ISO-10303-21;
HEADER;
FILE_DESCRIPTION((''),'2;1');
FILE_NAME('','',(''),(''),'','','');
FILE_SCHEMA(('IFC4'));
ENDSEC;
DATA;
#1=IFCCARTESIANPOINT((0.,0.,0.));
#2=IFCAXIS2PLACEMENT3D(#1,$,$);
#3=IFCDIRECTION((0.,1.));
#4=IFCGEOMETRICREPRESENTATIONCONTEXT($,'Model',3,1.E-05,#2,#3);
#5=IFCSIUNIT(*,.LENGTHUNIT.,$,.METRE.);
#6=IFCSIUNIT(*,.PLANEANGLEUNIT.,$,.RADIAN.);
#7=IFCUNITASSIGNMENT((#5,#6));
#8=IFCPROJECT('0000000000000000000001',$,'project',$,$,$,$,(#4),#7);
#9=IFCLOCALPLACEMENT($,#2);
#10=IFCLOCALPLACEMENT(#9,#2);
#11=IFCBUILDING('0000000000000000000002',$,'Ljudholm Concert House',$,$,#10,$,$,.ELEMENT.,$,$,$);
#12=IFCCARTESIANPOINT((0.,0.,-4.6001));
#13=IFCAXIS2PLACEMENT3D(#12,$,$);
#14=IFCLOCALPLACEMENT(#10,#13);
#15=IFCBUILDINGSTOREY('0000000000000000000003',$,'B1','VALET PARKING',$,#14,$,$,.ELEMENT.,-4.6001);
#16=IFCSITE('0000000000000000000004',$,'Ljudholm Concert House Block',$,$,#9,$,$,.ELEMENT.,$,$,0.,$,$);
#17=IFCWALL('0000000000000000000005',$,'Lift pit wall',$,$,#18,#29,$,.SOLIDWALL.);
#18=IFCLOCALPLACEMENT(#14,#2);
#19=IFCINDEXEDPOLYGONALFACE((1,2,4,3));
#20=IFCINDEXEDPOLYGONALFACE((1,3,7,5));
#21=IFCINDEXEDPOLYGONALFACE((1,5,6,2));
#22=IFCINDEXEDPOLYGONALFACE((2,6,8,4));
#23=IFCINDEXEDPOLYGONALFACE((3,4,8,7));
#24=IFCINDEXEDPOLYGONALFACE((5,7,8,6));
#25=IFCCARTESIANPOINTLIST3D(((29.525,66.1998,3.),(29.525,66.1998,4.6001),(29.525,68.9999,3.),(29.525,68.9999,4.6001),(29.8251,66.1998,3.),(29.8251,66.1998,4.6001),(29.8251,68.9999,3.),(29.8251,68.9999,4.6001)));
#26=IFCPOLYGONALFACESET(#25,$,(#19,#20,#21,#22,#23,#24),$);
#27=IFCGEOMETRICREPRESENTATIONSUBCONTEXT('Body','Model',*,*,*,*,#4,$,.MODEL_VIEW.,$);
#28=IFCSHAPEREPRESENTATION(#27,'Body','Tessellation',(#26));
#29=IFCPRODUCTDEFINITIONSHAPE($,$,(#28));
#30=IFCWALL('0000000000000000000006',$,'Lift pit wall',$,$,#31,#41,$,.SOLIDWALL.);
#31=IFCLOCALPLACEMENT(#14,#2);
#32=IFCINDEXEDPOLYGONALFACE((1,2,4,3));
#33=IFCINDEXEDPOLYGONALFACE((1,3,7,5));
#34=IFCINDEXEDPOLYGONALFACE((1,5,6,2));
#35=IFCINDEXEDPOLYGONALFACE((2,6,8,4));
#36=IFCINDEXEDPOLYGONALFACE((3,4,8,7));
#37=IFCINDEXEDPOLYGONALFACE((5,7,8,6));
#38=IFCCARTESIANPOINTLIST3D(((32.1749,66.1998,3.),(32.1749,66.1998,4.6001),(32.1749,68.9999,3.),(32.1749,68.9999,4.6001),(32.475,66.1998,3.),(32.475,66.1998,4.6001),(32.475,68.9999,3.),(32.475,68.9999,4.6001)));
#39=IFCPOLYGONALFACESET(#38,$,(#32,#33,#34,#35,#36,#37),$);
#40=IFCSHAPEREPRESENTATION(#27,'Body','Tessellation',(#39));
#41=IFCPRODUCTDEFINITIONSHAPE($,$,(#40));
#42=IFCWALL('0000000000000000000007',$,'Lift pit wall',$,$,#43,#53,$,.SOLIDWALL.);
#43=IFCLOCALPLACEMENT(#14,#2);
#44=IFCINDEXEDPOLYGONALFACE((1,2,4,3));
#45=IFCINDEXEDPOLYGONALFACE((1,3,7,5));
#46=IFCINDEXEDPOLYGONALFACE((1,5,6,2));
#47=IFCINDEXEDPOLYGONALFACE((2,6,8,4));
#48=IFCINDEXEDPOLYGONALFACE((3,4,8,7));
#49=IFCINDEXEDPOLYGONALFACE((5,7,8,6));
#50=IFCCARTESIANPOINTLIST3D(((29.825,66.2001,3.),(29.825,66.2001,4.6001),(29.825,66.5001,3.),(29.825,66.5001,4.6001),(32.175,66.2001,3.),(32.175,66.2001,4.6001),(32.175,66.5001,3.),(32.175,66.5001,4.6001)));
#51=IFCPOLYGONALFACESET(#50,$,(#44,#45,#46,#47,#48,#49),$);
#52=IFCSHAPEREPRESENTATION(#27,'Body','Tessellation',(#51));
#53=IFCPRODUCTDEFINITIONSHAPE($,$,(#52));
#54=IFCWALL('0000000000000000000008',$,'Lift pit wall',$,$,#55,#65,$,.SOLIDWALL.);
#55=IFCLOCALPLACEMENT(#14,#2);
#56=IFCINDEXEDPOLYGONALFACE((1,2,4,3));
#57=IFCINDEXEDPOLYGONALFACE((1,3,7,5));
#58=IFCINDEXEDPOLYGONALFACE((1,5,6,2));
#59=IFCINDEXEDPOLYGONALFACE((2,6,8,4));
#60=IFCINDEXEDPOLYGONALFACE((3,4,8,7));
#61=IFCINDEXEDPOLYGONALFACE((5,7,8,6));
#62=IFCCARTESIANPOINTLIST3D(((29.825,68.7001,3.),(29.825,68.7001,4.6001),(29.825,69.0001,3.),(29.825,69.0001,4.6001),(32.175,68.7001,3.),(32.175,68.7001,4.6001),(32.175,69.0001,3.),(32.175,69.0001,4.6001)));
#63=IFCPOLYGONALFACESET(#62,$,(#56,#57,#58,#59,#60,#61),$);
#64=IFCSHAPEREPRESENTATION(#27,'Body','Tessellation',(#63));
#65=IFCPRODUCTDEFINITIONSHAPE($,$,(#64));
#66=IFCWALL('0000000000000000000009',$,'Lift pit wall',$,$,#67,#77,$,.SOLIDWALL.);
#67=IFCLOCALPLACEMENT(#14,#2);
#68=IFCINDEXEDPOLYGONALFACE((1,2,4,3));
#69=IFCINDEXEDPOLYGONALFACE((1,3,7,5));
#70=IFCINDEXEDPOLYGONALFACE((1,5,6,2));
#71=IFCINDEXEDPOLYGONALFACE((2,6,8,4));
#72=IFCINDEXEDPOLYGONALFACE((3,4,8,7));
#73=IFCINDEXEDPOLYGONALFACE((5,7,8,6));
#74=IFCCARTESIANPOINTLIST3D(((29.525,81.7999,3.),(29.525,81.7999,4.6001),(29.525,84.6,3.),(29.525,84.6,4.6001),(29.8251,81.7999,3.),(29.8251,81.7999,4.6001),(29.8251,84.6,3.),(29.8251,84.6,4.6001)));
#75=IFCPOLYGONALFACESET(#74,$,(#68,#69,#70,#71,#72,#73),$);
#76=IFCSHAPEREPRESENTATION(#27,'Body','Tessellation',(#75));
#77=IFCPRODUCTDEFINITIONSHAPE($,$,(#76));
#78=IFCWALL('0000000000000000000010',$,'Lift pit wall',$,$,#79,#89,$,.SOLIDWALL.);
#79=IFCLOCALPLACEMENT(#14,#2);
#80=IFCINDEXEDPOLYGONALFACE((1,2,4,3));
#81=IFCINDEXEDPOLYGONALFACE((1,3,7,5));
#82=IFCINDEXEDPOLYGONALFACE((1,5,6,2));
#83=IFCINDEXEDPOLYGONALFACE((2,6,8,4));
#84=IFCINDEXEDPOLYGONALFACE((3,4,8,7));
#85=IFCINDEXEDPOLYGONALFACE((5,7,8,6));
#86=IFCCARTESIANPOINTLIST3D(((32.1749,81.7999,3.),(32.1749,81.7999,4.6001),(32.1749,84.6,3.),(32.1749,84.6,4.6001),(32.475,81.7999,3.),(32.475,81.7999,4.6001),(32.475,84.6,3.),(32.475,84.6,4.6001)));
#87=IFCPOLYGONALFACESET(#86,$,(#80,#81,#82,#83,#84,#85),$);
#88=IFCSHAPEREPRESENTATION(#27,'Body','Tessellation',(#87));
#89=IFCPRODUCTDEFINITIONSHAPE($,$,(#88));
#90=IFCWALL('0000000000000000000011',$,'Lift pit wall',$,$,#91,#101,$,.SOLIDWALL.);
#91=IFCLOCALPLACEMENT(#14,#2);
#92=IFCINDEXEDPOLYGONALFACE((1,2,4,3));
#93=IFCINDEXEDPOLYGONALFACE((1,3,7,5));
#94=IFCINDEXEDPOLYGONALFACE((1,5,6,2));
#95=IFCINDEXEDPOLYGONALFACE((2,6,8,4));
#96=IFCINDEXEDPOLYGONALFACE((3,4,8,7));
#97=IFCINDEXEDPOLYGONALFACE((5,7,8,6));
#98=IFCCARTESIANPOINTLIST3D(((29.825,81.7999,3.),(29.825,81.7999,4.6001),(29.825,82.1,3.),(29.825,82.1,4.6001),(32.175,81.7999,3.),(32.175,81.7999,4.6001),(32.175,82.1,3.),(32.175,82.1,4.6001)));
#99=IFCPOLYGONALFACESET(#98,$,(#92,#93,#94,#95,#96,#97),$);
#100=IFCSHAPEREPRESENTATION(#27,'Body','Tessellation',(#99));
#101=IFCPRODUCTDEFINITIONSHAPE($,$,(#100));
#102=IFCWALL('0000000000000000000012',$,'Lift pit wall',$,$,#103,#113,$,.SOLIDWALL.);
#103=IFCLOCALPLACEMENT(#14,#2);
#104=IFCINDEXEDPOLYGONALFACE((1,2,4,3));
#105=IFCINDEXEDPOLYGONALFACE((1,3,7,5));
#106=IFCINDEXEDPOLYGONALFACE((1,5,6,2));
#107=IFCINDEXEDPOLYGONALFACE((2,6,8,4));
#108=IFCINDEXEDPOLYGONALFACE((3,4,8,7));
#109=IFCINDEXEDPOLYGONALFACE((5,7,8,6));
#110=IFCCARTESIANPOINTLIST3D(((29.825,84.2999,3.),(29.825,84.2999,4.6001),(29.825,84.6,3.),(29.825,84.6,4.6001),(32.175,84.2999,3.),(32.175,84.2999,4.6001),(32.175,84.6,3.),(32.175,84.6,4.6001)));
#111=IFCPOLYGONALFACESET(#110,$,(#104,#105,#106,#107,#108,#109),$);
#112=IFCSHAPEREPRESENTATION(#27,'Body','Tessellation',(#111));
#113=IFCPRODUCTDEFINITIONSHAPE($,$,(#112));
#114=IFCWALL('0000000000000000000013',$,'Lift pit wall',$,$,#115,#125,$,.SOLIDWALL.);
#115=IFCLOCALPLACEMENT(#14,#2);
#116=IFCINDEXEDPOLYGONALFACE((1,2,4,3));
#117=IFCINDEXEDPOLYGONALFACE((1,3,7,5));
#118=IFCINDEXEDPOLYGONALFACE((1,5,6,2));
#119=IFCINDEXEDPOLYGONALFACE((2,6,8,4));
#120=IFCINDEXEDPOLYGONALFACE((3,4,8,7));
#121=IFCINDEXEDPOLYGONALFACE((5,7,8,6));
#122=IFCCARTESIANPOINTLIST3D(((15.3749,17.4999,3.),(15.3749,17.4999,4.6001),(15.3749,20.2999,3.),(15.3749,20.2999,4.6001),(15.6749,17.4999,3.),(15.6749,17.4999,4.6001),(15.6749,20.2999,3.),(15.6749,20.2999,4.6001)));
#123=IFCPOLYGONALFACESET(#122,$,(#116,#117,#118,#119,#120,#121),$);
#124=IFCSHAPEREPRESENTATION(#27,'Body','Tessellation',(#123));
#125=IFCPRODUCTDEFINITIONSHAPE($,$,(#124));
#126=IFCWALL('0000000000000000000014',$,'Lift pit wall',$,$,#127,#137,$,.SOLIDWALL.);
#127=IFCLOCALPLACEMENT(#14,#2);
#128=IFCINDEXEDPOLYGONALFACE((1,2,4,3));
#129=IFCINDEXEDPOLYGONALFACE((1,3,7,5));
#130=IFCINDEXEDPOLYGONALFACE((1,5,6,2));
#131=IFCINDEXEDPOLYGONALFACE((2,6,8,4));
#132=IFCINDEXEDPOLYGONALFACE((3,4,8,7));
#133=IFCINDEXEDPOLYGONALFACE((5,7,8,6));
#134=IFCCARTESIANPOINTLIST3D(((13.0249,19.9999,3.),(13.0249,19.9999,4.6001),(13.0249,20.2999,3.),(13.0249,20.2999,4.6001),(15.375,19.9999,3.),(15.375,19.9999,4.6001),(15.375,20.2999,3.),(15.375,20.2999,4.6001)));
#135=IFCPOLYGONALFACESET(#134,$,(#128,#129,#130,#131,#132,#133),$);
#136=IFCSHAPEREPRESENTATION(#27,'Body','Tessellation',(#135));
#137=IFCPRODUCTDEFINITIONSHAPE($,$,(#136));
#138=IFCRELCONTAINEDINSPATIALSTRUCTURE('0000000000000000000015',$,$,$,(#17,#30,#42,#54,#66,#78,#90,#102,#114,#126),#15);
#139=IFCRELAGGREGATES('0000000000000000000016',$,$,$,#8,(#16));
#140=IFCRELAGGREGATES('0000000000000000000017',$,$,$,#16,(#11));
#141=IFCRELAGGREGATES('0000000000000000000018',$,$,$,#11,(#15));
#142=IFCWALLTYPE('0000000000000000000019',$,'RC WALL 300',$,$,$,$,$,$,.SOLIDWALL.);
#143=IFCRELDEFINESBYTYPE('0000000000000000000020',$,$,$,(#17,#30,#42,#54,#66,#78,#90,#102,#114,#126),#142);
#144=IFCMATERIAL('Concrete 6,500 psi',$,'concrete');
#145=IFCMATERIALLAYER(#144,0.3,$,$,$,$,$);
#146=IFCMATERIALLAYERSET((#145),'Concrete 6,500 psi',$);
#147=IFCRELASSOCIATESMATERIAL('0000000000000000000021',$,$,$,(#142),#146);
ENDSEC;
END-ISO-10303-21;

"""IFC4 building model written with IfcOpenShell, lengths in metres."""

from ifc_helpers import new_model, si_unit, direction, frame, frame_2d, origin, place, context, subcontext, project, spatial, rectangle, extrude, material, layer, layer_set, type_object, element, save


model = new_model("IFC4")

# Units and contexts
model_context = context("Model", 3, precision=1e-05, world=origin(), true_north=direction((0.0, 1.0)))
body_context = subcontext(model_context, "Body", "Model", "MODEL_VIEW")
ifc_project = project(units=[si_unit("LENGTHUNIT", "METRE"), si_unit("PLANEANGLEUNIT", "RADIAN")], contexts=[model_context])

# Site, building, storey
site_placement = place(None, origin())
site = spatial("IfcSite", under=ifc_project, at=site_placement, Name="Ljudholm Concert House Block", CompositionType="ELEMENT", RefElevation=0.0)
building_placement = place(site_placement, origin())
building = spatial("IfcBuilding", under=site, at=building_placement, Name="Ljudholm Concert House", CompositionType="ELEMENT")
storey_placement = place(building_placement, frame((0.0, 0.0, -4.6001)))
storey = spatial("IfcBuildingStorey", under=building, at=storey_placement, Name="B1", Description="VALET PARKING", CompositionType="ELEMENT", Elevation=-4.6001)

# Walls
ifc_material_1 = material(Name="Concrete 6,500 psi", Category="concrete")
ifc_layer_1 = layer(ifc_material_1, 0.3)
ifc_layer_set_1 = layer_set([ifc_layer_1], Name="Concrete 6,500 psi")
wall_type_1 = type_object("IfcWallType", Name="RC WALL 300", PredefinedType="SOLIDWALL", material=ifc_layer_set_1)
for number, where, z_axis, x_axis, name in (
    (1, (29.675, 66.2, 3.0), (0.0, 0.0, 1.0), (0.0, 1.0, 0.0), "Lift pit wall"),
    (2, (32.325, 66.2, 3.0), (0.0, 0.0, 1.0), (0.0, 1.0, 0.0), "Lift pit wall"),
):
    element("IfcWall", number, at=place(storey_placement, frame(where, z_axis=z_axis, x_axis=x_axis)), inside=storey, type_object=wall_type_1, Name=name, PredefinedType="SOLIDWALL", context=body_context, shape_type="SweptSolid", body=[
        extrude(rectangle(XDim=2.8, YDim=0.3, at=frame_2d((1.3999, 0.0))), origin(), (0.0, 0.0, 1.0), 1.6001),
    ])
for number, where, z_axis, x_axis, name in (
    (3, (29.825, 66.3501, 3.0), (0.0, 0.0, 1.0), (1.0, 0.0, 0.0), "Lift pit wall"),
    (4, (29.825, 68.8501, 3.0), (0.0, 0.0, 1.0), (1.0, 0.0, 0.0), "Lift pit wall"),
):
    element("IfcWall", number, at=place(storey_placement, frame(where, z_axis=z_axis, x_axis=x_axis)), inside=storey, type_object=wall_type_1, Name=name, PredefinedType="SOLIDWALL", context=body_context, shape_type="SweptSolid", body=[
        extrude(rectangle(XDim=2.3501, YDim=0.3, at=frame_2d((1.175, 0.0))), origin(), (0.0, 0.0, 1.0), 1.6001),
    ])
for number, where, z_axis, x_axis, name in (
    (5, (29.675, 81.8, 3.0), (0.0, 0.0, 1.0), (0.0, 1.0, 0.0), "Lift pit wall"),
    (6, (32.325, 81.8, 3.0), (0.0, 0.0, 1.0), (0.0, 1.0, 0.0), "Lift pit wall"),
):
    element("IfcWall", number, at=place(storey_placement, frame(where, z_axis=z_axis, x_axis=x_axis)), inside=storey, type_object=wall_type_1, Name=name, PredefinedType="SOLIDWALL", context=body_context, shape_type="SweptSolid", body=[
        extrude(rectangle(XDim=2.8, YDim=0.3, at=frame_2d((1.3999, 0.0))), origin(), (0.0, 0.0, 1.0), 1.6001),
    ])
for number, where, z_axis, x_axis, name in (
    (7, (29.825, 81.95, 3.0), (0.0, 0.0, 1.0), (1.0, 0.0, 0.0), "Lift pit wall"),
    (8, (29.825, 84.45, 3.0), (0.0, 0.0, 1.0), (1.0, 0.0, 0.0), "Lift pit wall"),
):
    element("IfcWall", number, at=place(storey_placement, frame(where, z_axis=z_axis, x_axis=x_axis)), inside=storey, type_object=wall_type_1, Name=name, PredefinedType="SOLIDWALL", context=body_context, shape_type="SweptSolid", body=[
        extrude(rectangle(XDim=2.3501, YDim=0.3, at=frame_2d((1.175, 0.0))), origin(), (0.0, 0.0, 1.0), 1.6001),
    ])
wall_1_placement = place(storey_placement, frame((15.5249, 17.5, 3.0), z_axis=(0.0, 0.0, 1.0), x_axis=(0.0, 1.0, 0.0)))
element("IfcWall", 9, at=wall_1_placement, inside=storey, type_object=wall_type_1, Name="Lift pit wall", PredefinedType="SOLIDWALL", context=body_context, shape_type="SweptSolid", body=[
    extrude(rectangle(XDim=2.8, YDim=0.3, at=frame_2d((1.3999, 0.0))), origin(), (0.0, 0.0, 1.0), 1.6001),
])
wall_2_placement = place(storey_placement, frame((13.0249, 20.1499, 3.0), z_axis=(0.0, 0.0, 1.0), x_axis=(1.0, 0.0, 0.0)))
element("IfcWall", 10, at=wall_2_placement, inside=storey, type_object=wall_type_1, Name="Lift pit wall", PredefinedType="SOLIDWALL", context=body_context, shape_type="SweptSolid", body=[
    extrude(rectangle(XDim=2.3501, YDim=0.3, at=frame_2d((1.175, 0.0))), origin(), (0.0, 0.0, 1.0), 1.6001),
])

save(model, "model.ifc")
